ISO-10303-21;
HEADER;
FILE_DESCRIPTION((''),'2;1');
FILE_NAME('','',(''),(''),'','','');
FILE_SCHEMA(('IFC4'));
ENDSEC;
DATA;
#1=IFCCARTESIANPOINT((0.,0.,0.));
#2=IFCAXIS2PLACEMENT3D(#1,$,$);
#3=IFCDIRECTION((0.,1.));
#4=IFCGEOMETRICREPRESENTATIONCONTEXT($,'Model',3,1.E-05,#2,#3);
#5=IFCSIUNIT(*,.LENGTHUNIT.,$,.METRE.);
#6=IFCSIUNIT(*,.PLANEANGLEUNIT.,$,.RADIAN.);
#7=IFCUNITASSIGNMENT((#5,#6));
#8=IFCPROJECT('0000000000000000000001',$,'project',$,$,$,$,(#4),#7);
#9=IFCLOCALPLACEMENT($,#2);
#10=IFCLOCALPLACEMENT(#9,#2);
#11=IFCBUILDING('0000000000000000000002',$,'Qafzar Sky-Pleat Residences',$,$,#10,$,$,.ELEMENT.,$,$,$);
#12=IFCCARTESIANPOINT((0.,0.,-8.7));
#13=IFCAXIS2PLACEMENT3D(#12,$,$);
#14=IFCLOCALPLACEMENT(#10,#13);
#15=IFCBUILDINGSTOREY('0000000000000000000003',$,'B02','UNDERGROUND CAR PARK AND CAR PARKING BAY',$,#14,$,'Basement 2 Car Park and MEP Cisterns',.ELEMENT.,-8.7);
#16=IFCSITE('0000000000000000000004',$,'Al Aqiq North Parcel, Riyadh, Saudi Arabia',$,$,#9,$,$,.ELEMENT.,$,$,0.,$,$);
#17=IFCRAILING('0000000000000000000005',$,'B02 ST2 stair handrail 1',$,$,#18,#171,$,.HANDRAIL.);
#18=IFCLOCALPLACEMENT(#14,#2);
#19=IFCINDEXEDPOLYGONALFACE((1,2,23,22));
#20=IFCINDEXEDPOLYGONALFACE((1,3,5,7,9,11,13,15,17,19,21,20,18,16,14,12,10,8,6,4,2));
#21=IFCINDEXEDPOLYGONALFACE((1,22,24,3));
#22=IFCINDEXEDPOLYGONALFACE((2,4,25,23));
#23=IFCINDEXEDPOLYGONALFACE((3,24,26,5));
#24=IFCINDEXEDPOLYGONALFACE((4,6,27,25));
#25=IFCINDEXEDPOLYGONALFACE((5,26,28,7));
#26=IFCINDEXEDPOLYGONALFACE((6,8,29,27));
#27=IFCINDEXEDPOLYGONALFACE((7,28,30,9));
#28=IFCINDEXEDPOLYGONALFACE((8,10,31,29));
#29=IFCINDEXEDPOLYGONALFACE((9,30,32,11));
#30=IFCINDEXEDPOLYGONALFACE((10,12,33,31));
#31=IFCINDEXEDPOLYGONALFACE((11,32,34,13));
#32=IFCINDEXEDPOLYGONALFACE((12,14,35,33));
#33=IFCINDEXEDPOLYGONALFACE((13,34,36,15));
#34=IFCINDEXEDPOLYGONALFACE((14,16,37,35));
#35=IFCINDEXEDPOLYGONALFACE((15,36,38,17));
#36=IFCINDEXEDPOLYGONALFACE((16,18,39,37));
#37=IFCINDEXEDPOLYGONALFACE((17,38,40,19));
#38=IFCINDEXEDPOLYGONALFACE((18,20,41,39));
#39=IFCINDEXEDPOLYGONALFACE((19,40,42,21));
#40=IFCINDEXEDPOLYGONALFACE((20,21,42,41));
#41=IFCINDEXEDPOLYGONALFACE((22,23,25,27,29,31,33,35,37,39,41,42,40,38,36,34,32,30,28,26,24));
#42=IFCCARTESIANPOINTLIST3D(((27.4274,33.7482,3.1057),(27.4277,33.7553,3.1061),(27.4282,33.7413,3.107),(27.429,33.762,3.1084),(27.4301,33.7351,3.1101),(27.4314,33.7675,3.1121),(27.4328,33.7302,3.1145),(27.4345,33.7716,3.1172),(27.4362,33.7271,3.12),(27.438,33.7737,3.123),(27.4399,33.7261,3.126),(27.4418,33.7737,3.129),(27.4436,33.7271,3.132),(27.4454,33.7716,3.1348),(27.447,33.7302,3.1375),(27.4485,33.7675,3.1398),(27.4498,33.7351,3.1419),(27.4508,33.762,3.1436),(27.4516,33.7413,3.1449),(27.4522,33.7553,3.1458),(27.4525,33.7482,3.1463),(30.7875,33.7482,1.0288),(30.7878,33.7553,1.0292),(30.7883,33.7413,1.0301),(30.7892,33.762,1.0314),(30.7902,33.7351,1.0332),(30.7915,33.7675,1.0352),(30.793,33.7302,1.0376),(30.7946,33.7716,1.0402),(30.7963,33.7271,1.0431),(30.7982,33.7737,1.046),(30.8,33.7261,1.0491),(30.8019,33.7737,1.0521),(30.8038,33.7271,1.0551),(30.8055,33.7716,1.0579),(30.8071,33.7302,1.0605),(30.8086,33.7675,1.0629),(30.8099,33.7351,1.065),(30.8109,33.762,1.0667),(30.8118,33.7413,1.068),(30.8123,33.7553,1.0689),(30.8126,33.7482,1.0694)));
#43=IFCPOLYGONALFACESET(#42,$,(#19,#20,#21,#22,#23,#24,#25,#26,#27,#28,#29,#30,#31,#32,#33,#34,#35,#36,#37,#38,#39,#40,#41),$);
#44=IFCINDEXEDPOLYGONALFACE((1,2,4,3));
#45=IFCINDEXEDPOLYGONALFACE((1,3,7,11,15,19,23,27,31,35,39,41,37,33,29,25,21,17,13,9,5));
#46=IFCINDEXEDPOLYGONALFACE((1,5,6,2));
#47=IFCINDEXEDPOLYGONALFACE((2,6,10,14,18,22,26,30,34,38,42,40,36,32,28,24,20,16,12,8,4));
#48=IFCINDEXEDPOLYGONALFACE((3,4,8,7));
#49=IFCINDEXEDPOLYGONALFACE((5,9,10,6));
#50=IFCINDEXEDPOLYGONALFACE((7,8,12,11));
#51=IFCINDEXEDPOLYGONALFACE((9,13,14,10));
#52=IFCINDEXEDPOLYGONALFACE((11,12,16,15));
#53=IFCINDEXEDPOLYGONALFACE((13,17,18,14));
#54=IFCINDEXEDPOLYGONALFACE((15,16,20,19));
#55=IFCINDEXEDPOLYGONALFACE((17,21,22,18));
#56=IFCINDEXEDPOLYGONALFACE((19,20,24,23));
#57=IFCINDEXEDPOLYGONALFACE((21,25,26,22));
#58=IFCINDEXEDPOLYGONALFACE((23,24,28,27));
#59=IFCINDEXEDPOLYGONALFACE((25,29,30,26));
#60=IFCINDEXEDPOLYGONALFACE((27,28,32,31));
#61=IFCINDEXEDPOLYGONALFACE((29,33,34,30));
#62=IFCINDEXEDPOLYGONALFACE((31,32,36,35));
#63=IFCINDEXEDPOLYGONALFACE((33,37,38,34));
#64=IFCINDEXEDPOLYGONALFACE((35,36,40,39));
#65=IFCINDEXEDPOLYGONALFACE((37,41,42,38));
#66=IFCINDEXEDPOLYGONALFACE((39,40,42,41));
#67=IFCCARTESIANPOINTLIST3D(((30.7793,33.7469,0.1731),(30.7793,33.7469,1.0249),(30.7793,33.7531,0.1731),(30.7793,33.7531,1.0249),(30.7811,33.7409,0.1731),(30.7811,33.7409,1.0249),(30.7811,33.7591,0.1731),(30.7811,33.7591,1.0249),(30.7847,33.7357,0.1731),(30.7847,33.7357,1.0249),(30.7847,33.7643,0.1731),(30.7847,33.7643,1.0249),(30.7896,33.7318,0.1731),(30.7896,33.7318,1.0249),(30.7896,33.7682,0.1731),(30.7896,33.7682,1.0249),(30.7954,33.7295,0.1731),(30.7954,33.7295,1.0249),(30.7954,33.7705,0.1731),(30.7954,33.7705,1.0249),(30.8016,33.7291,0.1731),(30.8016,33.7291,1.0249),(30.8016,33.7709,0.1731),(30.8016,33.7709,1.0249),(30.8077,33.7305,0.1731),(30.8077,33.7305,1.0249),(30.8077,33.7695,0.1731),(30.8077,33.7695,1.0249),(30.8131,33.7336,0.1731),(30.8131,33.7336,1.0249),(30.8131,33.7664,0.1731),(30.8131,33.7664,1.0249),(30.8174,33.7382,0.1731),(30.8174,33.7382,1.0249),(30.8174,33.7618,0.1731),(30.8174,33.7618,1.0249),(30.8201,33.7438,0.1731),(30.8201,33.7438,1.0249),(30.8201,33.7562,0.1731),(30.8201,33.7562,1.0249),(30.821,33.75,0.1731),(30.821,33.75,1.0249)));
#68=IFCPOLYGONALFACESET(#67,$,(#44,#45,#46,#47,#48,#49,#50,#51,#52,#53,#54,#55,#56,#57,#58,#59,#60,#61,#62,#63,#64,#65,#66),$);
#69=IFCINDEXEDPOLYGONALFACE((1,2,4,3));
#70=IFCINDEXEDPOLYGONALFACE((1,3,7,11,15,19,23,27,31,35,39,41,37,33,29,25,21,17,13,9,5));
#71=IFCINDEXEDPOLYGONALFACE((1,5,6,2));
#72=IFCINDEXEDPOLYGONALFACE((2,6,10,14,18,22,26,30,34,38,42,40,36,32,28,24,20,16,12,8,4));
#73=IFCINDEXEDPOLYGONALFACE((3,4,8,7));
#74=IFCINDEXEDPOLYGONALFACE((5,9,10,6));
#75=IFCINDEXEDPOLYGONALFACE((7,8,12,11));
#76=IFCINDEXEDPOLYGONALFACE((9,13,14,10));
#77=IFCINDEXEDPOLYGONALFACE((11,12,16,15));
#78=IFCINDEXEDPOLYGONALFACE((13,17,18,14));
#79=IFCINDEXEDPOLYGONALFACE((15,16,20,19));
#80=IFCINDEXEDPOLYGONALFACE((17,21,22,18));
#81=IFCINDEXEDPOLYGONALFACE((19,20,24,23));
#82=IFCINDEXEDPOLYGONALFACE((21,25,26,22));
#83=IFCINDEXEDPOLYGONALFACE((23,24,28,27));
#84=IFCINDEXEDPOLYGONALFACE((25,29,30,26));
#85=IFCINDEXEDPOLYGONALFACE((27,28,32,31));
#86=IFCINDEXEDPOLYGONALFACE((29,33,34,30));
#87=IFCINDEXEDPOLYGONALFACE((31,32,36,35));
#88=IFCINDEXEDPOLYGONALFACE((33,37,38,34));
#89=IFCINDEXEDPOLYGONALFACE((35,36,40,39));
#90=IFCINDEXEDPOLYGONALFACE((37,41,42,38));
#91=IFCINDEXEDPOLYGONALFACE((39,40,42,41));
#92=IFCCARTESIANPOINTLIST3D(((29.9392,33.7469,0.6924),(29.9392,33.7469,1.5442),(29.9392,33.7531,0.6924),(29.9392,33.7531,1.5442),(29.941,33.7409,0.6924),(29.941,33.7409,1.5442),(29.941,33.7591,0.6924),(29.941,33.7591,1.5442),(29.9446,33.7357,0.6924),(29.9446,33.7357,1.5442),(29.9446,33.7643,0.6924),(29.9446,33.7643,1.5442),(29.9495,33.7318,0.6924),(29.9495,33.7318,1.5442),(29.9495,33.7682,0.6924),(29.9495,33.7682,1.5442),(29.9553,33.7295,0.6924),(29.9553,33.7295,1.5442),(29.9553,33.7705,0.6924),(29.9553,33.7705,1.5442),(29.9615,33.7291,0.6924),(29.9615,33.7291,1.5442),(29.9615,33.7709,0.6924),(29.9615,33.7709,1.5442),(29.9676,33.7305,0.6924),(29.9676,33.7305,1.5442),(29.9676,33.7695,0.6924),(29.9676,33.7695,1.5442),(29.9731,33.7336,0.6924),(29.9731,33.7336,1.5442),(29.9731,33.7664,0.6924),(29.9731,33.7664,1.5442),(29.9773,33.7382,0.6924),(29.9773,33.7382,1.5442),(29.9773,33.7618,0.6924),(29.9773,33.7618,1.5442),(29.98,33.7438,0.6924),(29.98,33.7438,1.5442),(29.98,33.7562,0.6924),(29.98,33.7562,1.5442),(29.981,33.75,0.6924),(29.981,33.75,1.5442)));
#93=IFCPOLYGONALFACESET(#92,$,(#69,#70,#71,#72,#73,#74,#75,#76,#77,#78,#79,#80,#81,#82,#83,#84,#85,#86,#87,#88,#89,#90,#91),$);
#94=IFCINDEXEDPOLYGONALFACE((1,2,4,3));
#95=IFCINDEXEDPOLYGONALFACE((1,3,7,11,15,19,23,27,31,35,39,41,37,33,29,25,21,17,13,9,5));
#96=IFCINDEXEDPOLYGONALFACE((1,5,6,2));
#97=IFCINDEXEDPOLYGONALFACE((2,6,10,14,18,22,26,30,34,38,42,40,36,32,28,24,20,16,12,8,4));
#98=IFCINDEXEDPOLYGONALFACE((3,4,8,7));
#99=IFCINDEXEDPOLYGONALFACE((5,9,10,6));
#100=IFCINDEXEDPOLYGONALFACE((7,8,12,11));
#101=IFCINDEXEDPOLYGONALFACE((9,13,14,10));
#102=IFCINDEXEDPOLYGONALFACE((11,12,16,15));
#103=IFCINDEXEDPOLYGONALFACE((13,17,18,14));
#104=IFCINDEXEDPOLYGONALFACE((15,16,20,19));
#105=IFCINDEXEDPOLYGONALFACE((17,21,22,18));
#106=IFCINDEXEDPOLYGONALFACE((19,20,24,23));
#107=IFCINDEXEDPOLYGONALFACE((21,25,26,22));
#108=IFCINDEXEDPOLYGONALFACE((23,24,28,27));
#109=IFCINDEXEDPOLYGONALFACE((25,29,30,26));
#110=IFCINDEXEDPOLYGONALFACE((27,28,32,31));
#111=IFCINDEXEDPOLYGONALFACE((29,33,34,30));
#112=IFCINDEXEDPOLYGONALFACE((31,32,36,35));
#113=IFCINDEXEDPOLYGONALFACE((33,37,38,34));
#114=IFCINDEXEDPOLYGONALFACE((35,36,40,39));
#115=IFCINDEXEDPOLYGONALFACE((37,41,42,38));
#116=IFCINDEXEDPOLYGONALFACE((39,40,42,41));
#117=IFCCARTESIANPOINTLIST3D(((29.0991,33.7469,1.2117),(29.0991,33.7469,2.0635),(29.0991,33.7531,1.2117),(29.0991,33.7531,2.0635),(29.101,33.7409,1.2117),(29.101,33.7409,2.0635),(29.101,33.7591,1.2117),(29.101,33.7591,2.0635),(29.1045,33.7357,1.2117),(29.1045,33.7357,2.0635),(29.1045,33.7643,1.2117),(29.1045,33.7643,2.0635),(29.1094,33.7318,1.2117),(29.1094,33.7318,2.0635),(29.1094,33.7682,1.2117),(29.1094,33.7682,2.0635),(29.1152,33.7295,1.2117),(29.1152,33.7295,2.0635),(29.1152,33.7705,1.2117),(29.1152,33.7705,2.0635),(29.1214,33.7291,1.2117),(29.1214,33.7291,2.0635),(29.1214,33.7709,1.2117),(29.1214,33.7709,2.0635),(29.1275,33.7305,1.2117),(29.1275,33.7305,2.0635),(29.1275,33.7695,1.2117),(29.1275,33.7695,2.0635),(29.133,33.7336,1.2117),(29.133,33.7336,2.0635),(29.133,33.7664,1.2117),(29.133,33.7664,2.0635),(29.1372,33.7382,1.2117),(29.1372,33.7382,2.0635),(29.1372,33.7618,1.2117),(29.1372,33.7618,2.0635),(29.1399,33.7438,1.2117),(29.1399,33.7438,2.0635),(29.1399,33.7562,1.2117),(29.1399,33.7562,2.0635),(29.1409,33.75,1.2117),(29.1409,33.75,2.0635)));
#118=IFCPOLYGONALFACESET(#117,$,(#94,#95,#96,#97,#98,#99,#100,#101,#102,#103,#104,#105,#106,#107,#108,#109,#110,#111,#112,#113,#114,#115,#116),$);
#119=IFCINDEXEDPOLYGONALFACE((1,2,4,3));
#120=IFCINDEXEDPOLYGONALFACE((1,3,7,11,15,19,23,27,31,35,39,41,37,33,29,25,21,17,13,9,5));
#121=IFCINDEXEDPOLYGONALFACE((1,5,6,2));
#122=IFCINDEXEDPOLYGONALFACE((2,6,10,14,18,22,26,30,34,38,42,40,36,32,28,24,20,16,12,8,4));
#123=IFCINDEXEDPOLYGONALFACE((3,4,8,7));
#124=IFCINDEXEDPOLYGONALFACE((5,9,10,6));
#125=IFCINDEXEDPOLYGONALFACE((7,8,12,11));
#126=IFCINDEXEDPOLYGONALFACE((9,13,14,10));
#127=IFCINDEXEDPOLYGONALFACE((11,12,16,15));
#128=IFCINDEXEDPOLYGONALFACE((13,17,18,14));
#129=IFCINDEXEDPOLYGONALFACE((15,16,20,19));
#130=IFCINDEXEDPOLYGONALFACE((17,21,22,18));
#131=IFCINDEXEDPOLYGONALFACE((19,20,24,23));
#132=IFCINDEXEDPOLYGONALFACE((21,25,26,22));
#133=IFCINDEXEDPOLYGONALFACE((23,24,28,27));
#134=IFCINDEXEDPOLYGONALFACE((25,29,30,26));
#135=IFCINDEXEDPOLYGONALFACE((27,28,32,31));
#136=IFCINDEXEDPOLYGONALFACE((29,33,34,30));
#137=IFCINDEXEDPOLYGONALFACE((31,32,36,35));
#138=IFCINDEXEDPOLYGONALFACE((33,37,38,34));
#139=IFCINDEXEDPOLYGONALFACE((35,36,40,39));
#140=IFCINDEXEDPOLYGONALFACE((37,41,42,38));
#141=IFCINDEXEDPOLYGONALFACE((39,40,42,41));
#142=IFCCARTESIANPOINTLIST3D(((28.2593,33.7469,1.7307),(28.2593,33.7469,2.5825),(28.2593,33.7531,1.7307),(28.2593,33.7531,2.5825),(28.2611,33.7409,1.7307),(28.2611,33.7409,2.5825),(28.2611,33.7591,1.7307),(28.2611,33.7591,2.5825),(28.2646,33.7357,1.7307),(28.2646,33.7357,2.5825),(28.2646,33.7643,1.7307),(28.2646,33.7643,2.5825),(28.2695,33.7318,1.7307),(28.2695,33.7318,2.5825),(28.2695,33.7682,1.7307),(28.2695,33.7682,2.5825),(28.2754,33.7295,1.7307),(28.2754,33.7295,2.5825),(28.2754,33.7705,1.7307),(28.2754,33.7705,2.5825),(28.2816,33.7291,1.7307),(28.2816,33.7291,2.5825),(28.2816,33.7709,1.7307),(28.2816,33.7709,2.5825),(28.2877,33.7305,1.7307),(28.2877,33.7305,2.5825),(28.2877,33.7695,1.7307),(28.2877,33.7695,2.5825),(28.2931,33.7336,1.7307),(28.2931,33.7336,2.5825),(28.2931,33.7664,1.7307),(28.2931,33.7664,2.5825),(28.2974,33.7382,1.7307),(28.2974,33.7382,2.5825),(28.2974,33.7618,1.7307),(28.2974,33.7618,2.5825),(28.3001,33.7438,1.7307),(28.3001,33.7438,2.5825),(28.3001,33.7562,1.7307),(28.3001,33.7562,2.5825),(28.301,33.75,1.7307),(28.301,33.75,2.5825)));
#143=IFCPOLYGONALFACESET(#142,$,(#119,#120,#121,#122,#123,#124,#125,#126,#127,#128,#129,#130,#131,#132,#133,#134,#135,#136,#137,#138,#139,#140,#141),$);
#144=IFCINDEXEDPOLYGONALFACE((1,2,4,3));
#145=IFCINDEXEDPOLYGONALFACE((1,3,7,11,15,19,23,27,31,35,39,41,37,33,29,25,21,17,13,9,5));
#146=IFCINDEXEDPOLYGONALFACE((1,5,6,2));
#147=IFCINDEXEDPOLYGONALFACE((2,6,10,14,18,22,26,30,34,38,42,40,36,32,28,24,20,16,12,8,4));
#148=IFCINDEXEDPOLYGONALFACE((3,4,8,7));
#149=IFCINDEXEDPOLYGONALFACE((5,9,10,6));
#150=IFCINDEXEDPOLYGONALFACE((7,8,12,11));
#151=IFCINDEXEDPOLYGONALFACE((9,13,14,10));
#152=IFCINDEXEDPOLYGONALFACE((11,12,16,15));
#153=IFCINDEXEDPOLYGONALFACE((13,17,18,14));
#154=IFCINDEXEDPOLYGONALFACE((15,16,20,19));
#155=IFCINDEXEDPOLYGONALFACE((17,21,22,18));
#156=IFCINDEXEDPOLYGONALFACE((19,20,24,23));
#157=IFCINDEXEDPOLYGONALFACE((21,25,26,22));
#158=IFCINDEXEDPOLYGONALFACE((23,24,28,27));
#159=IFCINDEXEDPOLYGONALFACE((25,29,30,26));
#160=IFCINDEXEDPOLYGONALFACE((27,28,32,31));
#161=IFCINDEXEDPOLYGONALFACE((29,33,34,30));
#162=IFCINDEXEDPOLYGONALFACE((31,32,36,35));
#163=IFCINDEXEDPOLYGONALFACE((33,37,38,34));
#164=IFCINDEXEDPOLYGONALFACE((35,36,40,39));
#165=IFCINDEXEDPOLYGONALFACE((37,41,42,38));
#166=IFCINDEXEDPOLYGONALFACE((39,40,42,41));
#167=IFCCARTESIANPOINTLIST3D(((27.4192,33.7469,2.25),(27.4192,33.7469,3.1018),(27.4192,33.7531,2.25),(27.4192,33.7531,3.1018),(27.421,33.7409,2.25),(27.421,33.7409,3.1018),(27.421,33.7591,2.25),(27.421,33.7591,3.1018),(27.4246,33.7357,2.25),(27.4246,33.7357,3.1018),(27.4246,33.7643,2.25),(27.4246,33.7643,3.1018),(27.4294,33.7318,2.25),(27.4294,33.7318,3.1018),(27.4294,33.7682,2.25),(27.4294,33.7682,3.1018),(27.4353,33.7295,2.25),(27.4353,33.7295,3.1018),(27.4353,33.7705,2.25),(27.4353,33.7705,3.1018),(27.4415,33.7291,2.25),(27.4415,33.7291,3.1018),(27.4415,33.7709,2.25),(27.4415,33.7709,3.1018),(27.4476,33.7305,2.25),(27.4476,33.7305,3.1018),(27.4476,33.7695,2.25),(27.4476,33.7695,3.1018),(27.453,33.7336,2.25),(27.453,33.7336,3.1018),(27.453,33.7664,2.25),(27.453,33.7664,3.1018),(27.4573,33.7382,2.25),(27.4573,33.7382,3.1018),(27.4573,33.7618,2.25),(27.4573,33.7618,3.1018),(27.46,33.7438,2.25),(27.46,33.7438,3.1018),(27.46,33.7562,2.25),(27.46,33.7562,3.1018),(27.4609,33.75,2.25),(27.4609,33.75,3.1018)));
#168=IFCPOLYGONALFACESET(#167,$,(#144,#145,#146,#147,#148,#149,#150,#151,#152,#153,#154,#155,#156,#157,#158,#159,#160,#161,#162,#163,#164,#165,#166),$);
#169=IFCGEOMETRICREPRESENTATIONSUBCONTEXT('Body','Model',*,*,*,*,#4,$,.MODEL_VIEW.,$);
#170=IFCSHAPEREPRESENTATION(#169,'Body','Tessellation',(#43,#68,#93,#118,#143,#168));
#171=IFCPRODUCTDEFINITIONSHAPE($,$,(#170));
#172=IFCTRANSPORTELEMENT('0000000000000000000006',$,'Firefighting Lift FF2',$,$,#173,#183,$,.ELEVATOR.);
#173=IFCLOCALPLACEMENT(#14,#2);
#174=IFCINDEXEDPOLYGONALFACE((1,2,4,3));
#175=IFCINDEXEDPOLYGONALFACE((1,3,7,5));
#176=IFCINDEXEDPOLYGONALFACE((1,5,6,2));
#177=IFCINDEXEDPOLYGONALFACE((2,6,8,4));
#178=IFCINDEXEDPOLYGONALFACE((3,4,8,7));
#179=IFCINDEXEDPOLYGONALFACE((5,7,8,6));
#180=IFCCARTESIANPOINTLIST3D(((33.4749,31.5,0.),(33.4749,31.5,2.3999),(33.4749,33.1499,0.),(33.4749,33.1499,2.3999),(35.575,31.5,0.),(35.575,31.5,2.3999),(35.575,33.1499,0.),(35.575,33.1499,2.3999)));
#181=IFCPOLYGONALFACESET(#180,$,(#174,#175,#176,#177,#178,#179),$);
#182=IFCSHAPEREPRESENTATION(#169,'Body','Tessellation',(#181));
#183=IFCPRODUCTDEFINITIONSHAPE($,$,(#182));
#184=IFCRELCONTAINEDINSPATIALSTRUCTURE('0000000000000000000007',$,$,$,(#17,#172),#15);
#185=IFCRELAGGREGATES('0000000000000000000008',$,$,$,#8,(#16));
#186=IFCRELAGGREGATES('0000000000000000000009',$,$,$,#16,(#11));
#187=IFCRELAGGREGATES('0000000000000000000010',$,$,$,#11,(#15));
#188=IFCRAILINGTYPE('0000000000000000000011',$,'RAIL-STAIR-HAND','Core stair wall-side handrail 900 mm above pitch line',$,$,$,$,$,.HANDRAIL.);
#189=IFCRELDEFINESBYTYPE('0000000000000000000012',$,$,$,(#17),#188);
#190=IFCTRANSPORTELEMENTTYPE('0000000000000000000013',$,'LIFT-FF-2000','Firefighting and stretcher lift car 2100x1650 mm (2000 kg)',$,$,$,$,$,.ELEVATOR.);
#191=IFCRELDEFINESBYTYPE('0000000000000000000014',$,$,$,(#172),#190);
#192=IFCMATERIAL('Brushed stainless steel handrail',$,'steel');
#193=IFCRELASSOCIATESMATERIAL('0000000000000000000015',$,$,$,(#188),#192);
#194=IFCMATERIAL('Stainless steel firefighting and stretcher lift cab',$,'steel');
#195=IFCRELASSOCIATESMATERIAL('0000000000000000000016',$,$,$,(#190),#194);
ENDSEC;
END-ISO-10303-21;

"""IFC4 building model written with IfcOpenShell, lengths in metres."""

from ifc_helpers import new_model, si_unit, direction, frame, origin, origin_2d, place, context, subcontext, project, spatial, rectangle, circle, extrude, source, transform, mapped, material, type_object, element, save


model = new_model("IFC4")

# Units and contexts
model_context = context("Model", 3, precision=1e-05, world=origin(), true_north=direction((0.0, 1.0)))
body_context = subcontext(model_context, "Body", "Model", "MODEL_VIEW")
ifc_project = project(units=[si_unit("LENGTHUNIT", "METRE"), si_unit("PLANEANGLEUNIT", "RADIAN")], contexts=[model_context])

# Site, building, storey
site_placement = place(None, origin())
site = spatial("IfcSite", under=ifc_project, at=site_placement, Name="Al Aqiq North Parcel, Riyadh, Saudi Arabia", CompositionType="ELEMENT", RefElevation=0.0)
building_placement = place(site_placement, origin())
building = spatial("IfcBuilding", under=site, at=building_placement, Name="Qafzar Sky-Pleat Residences", CompositionType="ELEMENT")
storey_placement = place(building_placement, frame((0.0, 0.0, -8.7)))
storey = spatial("IfcBuildingStorey", under=building, at=storey_placement, Name="B02", Description="UNDERGROUND CAR PARK AND CAR PARKING BAY", LongName="Basement 2 Car Park and MEP Cisterns", CompositionType="ELEMENT", Elevation=-8.7)

# Railing
ifc_material_1 = material(Name="Brushed stainless steel handrail", Category="steel")
railing_type_1 = type_object("IfcRailingType", Name="RAIL-STAIR-HAND", Description="Core stair wall-side handrail 900 mm above pitch line", PredefinedType="HANDRAIL", material=ifc_material_1)
shared_shape_1 = source(origin(), body_context, "Body", "SweptSolid", [
    extrude(circle(Radius=0.0239, at=origin_2d()), frame((0.0, 0.0, 0.876), z_axis=(-0.850623, 0.0, 0.525776), x_axis=(0.0, -1.0, 0.0)), (0.0, 0.0, 1.0), 3.9502),
    extrude(circle(Radius=0.021, at=origin_2d()), origin(), (0.0, 0.0, 1.0), 0.8518),
    extrude(circle(Radius=0.021, at=origin_2d()), frame((-0.8401, 0.0, 0.5193)), (0.0, 0.0, 1.0), 0.8518),
    extrude(circle(Radius=0.021, at=origin_2d()), frame((-1.6802, 0.0, 1.0386)), (0.0, 0.0, 1.0), 0.8518),
    extrude(circle(Radius=0.021, at=origin_2d()), frame((-2.52, 0.0, 1.5576)), (0.0, 0.0, 1.0), 0.8518),
    extrude(circle(Radius=0.021, at=origin_2d()), frame((-3.3601, 0.0, 2.0769)), (0.0, 0.0, 1.0), 0.8518),
])
railing_1_placement = place(storey_placement, frame((30.8, 33.75, 0.1731)))
element("IfcRailing", 1, at=railing_1_placement, inside=storey, type_object=railing_type_1, Name="B02 ST2 stair handrail 1", PredefinedType="HANDRAIL", context=body_context, shape_type="MappedRepresentation", body=[
    mapped(shared_shape_1, transform((0.0, 0.0, 0.0), x_axis=(1.0, 0.0, 0.0), y_axis=(0.0, 1.0, 0.0), z_axis=(0.0, 0.0, 1.0), scale=1.0)),
])

# Transport element
ifc_material_2 = material(Name="Stainless steel firefighting and stretcher lift cab", Category="steel")
transport_element_type = type_object("IfcTransportElementType", Name="LIFT-FF-2000", Description="Firefighting and stretcher lift car 2100x1650 mm (2000 kg)", PredefinedType="ELEVATOR", material=ifc_material_2)
shared_shape_2 = source(origin(), body_context, "Body", "SweptSolid", [
    extrude(rectangle(XDim=2.1001, YDim=1.6499, at=origin_2d()), origin(), (0.0, 0.0, 1.0), 2.3999),
])
transport_element_placement = place(storey_placement, frame((34.5249, 32.325, 0.0), z_axis=(0.0, 0.0, 1.0), x_axis=(1.0, 0.0, 0.0)))
element("IfcTransportElement", 2, at=transport_element_placement, inside=storey, type_object=transport_element_type, Name="Firefighting Lift FF2", PredefinedType="ELEVATOR", context=body_context, shape_type="MappedRepresentation", body=[
    mapped(shared_shape_2, transform((0.0, 0.0, 0.0), x_axis=(1.0, 0.0, 0.0), y_axis=(0.0, 1.0, 0.0), z_axis=(0.0, 0.0, 1.0), scale=1.0)),
])

save(model, "model.ifc")
